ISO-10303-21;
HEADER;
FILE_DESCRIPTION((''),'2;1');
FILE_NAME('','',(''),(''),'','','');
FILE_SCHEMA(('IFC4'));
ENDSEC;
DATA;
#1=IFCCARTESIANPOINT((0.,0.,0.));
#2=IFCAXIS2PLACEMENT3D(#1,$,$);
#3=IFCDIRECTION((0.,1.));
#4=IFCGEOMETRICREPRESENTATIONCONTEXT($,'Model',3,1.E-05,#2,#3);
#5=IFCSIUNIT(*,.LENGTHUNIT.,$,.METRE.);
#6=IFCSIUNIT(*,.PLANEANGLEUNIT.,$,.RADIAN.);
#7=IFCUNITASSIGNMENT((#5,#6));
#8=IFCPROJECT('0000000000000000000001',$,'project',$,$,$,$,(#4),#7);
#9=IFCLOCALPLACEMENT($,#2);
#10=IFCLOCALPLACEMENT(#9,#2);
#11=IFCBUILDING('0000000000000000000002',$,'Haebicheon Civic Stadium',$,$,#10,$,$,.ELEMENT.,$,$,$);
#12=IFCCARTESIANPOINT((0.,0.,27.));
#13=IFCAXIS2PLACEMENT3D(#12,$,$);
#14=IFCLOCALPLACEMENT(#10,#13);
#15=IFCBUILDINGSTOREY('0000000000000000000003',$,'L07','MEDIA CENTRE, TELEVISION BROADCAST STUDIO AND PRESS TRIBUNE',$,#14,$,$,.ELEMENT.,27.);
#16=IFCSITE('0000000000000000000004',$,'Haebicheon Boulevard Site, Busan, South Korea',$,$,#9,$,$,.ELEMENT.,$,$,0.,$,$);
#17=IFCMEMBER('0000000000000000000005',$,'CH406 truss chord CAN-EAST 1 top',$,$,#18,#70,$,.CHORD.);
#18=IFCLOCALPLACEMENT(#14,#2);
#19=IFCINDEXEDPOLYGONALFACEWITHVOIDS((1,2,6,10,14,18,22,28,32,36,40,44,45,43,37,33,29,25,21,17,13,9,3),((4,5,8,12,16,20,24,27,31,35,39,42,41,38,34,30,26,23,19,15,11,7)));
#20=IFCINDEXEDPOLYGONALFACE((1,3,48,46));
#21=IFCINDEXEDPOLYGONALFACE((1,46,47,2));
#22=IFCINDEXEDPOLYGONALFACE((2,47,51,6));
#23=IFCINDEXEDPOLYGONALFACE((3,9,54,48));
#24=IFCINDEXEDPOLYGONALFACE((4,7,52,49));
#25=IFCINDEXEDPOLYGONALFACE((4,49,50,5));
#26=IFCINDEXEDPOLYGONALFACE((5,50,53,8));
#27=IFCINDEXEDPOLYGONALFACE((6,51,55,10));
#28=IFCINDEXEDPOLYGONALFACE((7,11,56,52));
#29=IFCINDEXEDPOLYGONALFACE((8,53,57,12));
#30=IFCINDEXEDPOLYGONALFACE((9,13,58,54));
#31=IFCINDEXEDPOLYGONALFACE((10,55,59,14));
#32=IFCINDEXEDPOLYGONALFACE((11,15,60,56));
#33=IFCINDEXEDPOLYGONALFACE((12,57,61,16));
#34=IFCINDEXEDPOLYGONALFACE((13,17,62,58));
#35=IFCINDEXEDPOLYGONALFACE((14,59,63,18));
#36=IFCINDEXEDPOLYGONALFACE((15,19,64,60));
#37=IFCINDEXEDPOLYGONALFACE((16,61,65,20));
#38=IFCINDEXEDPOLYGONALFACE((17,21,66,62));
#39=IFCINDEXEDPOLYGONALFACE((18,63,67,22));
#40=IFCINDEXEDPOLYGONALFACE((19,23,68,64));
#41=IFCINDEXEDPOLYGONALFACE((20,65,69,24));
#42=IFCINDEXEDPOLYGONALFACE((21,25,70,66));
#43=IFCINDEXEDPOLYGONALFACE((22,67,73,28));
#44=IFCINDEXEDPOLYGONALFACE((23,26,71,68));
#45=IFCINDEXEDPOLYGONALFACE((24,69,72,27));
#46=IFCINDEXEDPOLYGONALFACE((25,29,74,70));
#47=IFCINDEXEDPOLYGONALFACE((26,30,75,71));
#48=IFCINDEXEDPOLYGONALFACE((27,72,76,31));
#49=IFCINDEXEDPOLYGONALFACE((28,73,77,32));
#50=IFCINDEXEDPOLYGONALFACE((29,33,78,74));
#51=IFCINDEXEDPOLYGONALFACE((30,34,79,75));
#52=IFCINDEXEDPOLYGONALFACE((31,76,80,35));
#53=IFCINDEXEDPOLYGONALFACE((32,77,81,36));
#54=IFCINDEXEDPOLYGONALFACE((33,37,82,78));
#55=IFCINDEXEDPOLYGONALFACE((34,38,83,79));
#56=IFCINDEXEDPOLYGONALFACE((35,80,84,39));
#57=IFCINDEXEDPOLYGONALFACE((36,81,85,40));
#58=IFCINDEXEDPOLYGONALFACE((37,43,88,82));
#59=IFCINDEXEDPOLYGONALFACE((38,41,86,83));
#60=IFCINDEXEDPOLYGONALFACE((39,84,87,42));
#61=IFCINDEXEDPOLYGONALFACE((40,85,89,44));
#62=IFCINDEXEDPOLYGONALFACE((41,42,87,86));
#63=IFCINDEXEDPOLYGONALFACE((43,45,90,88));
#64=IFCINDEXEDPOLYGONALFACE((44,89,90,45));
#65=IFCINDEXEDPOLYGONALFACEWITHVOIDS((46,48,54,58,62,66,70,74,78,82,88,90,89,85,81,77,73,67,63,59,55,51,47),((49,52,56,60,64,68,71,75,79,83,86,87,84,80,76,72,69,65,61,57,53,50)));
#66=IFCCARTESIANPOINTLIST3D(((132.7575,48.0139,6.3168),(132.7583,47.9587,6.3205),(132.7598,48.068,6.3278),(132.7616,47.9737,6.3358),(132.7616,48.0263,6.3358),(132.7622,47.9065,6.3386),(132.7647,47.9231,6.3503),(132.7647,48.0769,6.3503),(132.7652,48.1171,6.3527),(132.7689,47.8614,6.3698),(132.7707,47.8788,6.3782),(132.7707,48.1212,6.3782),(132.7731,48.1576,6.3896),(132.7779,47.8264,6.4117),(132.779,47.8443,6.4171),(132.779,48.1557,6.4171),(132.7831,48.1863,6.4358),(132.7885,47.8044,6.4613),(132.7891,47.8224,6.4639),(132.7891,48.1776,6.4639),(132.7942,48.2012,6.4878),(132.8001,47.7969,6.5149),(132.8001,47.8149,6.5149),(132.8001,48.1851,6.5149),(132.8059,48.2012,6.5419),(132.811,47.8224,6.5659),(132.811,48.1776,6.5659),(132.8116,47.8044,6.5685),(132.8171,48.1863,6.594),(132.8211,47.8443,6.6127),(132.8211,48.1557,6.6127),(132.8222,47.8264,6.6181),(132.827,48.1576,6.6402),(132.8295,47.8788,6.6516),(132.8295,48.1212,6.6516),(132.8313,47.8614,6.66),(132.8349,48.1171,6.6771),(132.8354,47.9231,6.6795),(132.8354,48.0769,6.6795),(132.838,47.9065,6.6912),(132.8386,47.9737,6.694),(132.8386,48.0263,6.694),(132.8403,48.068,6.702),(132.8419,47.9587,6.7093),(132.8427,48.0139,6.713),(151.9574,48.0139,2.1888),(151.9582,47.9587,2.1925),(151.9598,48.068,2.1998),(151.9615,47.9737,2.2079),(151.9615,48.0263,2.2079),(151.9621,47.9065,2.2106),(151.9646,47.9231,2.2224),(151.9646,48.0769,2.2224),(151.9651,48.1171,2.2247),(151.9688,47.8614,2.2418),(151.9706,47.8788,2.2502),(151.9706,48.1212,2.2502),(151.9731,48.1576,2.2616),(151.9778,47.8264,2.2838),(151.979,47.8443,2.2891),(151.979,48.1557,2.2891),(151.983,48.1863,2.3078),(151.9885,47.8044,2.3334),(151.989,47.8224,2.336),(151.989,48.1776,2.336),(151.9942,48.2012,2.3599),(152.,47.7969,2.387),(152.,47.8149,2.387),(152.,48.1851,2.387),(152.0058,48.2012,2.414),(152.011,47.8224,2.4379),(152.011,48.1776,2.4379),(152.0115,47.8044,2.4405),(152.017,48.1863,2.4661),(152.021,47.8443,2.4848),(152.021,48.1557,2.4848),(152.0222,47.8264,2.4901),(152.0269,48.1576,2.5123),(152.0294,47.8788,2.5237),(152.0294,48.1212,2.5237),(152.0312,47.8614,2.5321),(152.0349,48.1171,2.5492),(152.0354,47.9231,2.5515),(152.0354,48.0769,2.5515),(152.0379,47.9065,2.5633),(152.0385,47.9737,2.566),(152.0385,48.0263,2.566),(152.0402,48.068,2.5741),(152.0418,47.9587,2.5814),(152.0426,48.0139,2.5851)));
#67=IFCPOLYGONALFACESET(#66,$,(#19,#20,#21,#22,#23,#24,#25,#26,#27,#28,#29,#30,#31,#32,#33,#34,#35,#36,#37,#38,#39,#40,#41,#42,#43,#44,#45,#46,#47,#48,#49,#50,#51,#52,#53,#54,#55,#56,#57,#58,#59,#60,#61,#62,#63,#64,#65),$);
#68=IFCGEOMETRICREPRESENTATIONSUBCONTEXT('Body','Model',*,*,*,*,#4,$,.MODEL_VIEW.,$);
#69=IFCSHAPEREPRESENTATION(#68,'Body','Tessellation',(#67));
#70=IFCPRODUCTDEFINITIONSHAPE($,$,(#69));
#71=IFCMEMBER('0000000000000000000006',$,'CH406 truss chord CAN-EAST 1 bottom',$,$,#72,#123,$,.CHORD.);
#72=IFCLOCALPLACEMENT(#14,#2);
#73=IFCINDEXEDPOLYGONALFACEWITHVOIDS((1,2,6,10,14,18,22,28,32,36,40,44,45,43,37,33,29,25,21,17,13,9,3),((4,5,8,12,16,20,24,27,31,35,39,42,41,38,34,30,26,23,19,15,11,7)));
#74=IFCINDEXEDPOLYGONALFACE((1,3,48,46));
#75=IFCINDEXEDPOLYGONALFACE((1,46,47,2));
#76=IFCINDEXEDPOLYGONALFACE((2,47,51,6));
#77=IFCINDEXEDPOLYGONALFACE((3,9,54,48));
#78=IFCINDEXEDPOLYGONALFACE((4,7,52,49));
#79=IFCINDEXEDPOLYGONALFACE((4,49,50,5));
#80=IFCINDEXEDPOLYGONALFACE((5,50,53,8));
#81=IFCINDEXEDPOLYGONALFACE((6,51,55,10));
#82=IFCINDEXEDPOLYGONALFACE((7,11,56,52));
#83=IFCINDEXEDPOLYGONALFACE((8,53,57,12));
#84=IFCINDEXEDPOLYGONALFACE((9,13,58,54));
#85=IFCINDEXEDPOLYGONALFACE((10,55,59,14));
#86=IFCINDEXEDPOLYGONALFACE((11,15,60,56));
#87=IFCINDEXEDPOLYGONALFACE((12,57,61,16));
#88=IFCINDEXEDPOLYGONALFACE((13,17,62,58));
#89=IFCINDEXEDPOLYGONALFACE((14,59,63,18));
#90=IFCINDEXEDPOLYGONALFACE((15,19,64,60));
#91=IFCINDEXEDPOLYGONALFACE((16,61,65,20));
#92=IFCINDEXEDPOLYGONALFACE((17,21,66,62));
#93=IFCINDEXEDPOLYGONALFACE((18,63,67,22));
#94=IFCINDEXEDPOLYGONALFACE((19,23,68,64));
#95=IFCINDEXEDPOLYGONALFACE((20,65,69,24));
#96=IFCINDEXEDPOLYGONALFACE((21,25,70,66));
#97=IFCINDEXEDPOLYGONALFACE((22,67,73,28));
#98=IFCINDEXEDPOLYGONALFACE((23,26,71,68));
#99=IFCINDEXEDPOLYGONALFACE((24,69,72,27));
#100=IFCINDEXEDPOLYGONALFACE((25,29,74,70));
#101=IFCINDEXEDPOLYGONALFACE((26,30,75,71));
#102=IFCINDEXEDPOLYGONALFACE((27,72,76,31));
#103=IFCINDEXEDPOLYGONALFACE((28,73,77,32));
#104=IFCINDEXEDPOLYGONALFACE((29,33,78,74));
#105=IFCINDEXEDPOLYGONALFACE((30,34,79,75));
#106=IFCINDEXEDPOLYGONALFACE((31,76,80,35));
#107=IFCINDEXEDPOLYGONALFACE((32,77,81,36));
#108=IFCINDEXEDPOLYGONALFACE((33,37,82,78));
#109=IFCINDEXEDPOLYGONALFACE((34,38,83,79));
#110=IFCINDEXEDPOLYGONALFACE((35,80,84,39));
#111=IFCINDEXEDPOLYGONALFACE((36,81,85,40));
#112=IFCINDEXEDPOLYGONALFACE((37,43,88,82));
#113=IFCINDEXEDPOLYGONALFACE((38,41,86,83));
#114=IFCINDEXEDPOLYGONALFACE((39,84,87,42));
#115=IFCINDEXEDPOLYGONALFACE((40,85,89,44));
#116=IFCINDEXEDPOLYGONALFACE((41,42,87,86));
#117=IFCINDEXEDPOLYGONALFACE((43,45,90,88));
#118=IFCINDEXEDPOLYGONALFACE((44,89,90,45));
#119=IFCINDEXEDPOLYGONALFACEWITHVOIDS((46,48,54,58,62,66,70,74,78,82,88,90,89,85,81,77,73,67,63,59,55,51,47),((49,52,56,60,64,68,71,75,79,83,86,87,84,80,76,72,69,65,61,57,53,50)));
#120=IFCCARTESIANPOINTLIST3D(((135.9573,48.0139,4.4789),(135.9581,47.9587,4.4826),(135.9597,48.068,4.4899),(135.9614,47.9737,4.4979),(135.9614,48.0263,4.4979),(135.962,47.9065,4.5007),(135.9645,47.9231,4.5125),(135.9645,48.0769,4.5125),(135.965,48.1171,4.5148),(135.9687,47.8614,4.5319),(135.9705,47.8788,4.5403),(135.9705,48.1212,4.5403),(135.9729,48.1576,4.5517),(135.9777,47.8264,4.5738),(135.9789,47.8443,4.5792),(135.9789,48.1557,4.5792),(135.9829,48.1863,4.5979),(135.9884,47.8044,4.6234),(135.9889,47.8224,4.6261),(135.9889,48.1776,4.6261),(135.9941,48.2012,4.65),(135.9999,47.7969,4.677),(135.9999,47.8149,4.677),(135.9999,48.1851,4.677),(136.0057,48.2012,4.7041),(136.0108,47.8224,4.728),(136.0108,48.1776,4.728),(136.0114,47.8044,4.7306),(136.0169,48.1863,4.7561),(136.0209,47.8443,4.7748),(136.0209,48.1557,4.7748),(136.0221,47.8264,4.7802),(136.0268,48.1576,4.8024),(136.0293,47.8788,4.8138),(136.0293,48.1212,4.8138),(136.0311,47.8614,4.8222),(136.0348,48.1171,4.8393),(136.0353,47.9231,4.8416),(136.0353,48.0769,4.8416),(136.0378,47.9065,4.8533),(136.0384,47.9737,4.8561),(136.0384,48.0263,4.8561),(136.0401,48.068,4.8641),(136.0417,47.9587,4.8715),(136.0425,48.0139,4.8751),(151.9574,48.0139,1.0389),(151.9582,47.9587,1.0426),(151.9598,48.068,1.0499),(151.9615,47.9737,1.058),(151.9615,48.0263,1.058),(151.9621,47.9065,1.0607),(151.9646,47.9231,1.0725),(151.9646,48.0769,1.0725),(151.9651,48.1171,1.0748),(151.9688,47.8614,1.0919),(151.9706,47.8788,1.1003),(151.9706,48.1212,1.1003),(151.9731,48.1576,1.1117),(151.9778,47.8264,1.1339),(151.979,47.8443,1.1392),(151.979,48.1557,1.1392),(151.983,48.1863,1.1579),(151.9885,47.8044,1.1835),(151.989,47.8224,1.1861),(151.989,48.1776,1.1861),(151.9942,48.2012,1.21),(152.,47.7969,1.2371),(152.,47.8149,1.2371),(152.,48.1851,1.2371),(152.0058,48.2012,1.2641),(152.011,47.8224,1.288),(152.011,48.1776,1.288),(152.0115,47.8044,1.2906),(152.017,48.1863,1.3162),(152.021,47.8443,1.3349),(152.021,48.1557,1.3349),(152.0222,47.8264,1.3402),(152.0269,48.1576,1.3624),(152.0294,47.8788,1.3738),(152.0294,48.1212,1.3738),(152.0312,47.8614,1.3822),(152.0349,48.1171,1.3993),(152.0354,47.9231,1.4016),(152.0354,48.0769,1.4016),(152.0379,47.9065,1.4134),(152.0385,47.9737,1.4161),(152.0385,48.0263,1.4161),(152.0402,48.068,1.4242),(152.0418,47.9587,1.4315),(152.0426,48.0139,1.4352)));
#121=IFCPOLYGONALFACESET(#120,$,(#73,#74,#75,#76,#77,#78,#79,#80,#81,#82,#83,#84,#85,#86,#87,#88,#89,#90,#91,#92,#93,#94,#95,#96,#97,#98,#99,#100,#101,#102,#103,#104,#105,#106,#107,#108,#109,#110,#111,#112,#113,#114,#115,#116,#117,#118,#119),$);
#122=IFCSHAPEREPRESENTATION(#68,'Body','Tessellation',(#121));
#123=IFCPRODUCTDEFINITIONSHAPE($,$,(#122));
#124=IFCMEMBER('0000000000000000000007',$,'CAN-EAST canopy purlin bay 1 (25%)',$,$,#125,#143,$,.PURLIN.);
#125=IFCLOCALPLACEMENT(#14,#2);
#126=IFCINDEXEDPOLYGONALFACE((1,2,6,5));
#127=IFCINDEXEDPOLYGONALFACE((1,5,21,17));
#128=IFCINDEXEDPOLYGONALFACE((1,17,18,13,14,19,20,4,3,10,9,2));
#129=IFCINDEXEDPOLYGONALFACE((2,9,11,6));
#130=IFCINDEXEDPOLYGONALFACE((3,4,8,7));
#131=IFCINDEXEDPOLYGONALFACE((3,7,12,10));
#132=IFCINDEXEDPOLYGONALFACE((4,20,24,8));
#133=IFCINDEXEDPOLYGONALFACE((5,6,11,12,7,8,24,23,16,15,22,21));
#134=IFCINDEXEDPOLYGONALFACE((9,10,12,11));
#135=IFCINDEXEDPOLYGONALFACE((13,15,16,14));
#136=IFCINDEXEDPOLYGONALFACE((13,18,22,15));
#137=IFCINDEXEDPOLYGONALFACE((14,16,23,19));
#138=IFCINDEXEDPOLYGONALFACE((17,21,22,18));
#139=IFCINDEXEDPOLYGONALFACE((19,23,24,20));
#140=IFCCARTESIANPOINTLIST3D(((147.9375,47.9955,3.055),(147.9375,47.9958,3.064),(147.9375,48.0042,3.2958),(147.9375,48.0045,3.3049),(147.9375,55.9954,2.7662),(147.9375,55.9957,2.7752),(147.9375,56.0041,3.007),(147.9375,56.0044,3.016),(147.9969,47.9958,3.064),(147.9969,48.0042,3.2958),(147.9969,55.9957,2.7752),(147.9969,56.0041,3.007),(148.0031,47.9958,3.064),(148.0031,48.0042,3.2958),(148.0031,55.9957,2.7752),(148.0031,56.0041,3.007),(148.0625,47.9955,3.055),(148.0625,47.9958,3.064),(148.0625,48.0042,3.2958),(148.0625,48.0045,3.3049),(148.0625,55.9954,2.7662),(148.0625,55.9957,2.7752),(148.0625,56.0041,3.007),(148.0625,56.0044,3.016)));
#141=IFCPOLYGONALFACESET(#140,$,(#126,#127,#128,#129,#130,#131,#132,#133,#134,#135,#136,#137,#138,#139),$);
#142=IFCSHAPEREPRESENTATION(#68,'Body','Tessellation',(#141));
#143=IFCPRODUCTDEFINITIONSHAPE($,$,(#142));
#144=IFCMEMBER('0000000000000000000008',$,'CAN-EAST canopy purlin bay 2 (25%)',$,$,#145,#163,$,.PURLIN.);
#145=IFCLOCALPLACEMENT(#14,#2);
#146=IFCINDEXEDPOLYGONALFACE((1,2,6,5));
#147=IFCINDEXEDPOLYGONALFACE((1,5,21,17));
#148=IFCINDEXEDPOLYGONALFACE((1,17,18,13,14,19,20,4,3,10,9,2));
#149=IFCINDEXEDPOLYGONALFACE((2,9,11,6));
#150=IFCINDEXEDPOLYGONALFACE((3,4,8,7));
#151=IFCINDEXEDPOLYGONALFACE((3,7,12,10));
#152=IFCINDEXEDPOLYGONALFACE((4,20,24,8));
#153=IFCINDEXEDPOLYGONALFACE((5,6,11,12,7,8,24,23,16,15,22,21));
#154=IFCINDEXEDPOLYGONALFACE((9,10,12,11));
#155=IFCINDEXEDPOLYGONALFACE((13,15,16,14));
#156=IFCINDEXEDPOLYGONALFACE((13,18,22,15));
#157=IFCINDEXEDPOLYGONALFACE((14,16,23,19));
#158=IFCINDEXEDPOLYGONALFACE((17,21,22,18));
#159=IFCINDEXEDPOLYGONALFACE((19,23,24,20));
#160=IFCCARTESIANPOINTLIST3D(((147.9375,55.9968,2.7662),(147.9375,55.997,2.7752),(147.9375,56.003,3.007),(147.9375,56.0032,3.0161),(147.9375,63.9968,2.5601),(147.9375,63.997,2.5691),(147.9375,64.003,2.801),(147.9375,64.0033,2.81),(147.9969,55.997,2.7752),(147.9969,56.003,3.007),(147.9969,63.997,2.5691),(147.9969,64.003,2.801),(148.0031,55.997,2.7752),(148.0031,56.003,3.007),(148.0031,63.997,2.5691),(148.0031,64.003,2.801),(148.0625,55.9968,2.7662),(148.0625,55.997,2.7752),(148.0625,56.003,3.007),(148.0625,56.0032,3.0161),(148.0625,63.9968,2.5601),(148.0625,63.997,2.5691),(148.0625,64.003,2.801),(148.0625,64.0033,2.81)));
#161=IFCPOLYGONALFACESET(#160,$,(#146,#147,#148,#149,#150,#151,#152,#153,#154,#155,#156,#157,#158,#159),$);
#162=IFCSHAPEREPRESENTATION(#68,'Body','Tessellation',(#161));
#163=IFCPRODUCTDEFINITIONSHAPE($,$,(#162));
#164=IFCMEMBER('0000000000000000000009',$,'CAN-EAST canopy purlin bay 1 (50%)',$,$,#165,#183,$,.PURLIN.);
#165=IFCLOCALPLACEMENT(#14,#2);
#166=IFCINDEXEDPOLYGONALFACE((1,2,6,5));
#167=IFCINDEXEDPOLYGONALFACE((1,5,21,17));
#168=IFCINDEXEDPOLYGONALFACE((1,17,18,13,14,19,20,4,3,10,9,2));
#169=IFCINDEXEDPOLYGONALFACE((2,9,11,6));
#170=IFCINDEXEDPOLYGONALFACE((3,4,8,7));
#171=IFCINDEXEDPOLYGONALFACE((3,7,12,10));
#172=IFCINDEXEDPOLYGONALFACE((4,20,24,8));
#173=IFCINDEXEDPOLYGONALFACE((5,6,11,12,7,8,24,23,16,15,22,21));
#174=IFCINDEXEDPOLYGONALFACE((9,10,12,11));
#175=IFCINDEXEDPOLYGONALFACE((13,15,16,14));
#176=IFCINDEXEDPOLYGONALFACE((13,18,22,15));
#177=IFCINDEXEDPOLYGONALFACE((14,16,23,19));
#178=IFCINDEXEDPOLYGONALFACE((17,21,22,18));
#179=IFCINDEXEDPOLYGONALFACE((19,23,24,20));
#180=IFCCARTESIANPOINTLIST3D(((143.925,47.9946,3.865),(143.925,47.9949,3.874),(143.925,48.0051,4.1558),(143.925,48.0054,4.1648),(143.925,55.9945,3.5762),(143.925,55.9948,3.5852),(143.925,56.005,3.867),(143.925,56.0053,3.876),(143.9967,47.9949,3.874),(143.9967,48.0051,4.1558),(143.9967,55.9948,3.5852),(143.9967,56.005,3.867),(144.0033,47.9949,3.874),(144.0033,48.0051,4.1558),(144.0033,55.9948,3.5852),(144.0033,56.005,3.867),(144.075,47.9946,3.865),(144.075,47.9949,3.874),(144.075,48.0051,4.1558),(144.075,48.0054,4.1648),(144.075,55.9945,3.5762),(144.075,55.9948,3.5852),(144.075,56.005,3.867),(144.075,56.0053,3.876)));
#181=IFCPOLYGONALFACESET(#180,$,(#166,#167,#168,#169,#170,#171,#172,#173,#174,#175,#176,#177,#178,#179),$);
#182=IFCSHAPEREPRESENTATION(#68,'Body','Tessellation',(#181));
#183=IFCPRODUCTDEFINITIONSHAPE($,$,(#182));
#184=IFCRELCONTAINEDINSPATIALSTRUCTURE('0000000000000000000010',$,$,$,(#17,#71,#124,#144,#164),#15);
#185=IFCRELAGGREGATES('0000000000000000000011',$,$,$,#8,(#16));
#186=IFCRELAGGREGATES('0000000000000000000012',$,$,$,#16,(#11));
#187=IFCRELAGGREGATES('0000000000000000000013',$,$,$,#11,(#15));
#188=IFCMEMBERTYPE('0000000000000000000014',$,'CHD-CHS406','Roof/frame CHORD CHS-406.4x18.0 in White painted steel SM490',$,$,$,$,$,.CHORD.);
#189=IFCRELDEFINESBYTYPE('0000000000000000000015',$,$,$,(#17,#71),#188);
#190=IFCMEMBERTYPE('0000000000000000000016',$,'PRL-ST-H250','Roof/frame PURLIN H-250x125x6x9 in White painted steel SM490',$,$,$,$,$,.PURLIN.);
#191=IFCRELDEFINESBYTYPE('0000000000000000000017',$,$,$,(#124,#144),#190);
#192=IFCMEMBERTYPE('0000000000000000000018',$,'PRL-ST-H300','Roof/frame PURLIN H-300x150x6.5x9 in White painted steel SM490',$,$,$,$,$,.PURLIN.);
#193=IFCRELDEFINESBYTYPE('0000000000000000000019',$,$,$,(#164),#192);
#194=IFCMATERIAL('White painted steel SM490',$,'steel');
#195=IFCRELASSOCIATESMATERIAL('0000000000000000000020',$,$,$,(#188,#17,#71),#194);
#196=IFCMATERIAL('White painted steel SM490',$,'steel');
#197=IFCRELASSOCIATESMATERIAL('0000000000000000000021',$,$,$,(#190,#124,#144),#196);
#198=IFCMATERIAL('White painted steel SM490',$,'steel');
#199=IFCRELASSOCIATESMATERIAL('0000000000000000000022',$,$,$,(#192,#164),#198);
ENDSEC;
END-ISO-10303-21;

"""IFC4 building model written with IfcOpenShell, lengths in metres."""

from ifc_helpers import new_model, si_unit, direction, frame, origin, origin_2d, place, context, subcontext, project, spatial, hollow_circle, i_section, extrude, material, material_profile, profile_set, type_object, element, save


model = new_model("IFC4")

# Units and contexts
model_context = context("Model", 3, precision=1e-05, world=origin(), true_north=direction((0.0, 1.0)))
body_context = subcontext(model_context, "Body", "Model", "MODEL_VIEW")
ifc_project = project(units=[si_unit("LENGTHUNIT", "METRE"), si_unit("PLANEANGLEUNIT", "RADIAN")], contexts=[model_context])

# Site, building, storey
site_placement = place(None, origin())
site = spatial("IfcSite", under=ifc_project, at=site_placement, Name="Haebicheon Boulevard Site, Busan, South Korea", CompositionType="ELEMENT", RefElevation=0.0)
building_placement = place(site_placement, origin())
building = spatial("IfcBuilding", under=site, at=building_placement, Name="Haebicheon Civic Stadium", CompositionType="ELEMENT")
storey_placement = place(building_placement, frame((0.0, 0.0, 27.0)))
storey = spatial("IfcBuildingStorey", under=building, at=storey_placement, Name="L07", Description="MEDIA CENTRE, TELEVISION BROADCAST STUDIO AND PRESS TRIBUNE", CompositionType="ELEMENT", Elevation=27.0)

# Members
ifc_material_1 = material(Name="White painted steel SM490", Category="steel")
ifc_material_profile_1 = material_profile(ifc_material_1, hollow_circle(Radius=0.2031, WallThickness=0.0181, at=origin_2d()), Name="CHS-406.4x18.0")
ifc_profile_set_1 = profile_set([ifc_material_profile_1], Name="White painted steel SM490")
member_type_1 = type_object("IfcMemberType", Name="CHD-CHS406", Description="Roof/frame CHORD CHS-406.4x18.0 in White painted steel SM490", PredefinedType="CHORD", material=ifc_profile_set_1)
member_1_placement = place(storey_placement, frame((152.0, 48.0, 2.387), z_axis=(-0.97766, 0.0, 0.210194), x_axis=(0.0, -1.0, 0.0)))
element("IfcMember", 1, at=member_1_placement, inside=storey, type_object=member_type_1, material=ifc_profile_set_1, Name="CH406 truss chord CAN-EAST 1 top", PredefinedType="CHORD", context=body_context, shape_type="SweptSolid", body=[
    extrude(hollow_circle(Radius=0.2031, WallThickness=0.0181, at=origin_2d()), origin(), (0.0, 0.0, 1.0), 19.6387),
])
member_2_placement = place(storey_placement, frame((152.0, 48.0, 1.2371), z_axis=(-0.97766, 0.0, 0.210193), x_axis=(0.0, -1.0, 0.0)))
element("IfcMember", 2, at=member_2_placement, inside=storey, type_object=member_type_1, material=ifc_profile_set_1, Name="CH406 truss chord CAN-EAST 1 bottom", PredefinedType="CHORD", context=body_context, shape_type="SweptSolid", body=[
    extrude(hollow_circle(Radius=0.2031, WallThickness=0.0181, at=origin_2d()), origin(), (0.0, 0.0, 1.0), 16.3657),
])
ifc_material_2 = material(Name="White painted steel SM490", Category="steel")
ifc_material_profile_2 = material_profile(ifc_material_2, i_section(OverallWidth=0.125, OverallDepth=0.25, WebThickness=0.0061, FlangeThickness=0.009, at=origin_2d()), Name="H-250x125x6x9")
ifc_profile_set_2 = profile_set([ifc_material_profile_2], Name="White painted steel SM490")
member_type_2 = type_object("IfcMemberType", Name="PRL-ST-H250", Description="Roof/frame PURLIN H-250x125x6x9 in White painted steel SM490", PredefinedType="PURLIN", material=ifc_profile_set_2)
member_3_placement = place(storey_placement, frame((148.0, 48.0, 3.1799), z_axis=(0.0, 0.999349, -0.036079), x_axis=(-1.0, 0.0, 0.0)))
element("IfcMember", 3, at=member_3_placement, inside=storey, type_object=member_type_2, material=ifc_profile_set_2, Name="CAN-EAST canopy purlin bay 1 (25%)", PredefinedType="PURLIN", context=body_context, shape_type="SweptSolid", body=[
    extrude(i_section(OverallWidth=0.125, OverallDepth=0.25, WebThickness=0.0061, FlangeThickness=0.009, at=origin_2d()), origin(), (0.0, 0.0, 1.0), 8.0051),
])
member_4_placement = place(storey_placement, frame((148.0, 56.0, 2.8911), z_axis=(0.0, 0.999668, -0.025748), x_axis=(-1.0, 0.0, 0.0)))
element("IfcMember", 4, at=member_4_placement, inside=storey, type_object=member_type_2, material=ifc_profile_set_2, Name="CAN-EAST canopy purlin bay 2 (25%)", PredefinedType="PURLIN", context=body_context, shape_type="SweptSolid", body=[
    extrude(i_section(OverallWidth=0.125, OverallDepth=0.25, WebThickness=0.0061, FlangeThickness=0.009, at=origin_2d()), origin(), (0.0, 0.0, 1.0), 8.0027),
])
ifc_material_3 = material(Name="White painted steel SM490", Category="steel")
ifc_material_profile_3 = material_profile(ifc_material_3, i_section(OverallWidth=0.1499, OverallDepth=0.3, WebThickness=0.0066, FlangeThickness=0.009, at=origin_2d()), Name="H-300x150x6.5x9")
ifc_profile_set_3 = profile_set([ifc_material_profile_3], Name="White painted steel SM490")
member_type_3 = type_object("IfcMemberType", Name="PRL-ST-H300", Description="Roof/frame PURLIN H-300x150x6.5x9 in White painted steel SM490", PredefinedType="PURLIN", material=ifc_profile_set_3)
member_5_placement = place(storey_placement, frame((144.0, 48.0, 4.0149), z_axis=(0.0, 0.999349, -0.036079), x_axis=(-1.0, 0.0, 0.0)))
element("IfcMember", 5, at=member_5_placement, inside=storey, type_object=member_type_3, material=ifc_profile_set_3, Name="CAN-EAST canopy purlin bay 1 (50%)", PredefinedType="PURLIN", context=body_context, shape_type="SweptSolid", body=[
    extrude(i_section(OverallWidth=0.1499, OverallDepth=0.3, WebThickness=0.0066, FlangeThickness=0.009, at=origin_2d()), origin(), (0.0, 0.0, 1.0), 8.0051),
])

save(model, "model.ifc")
